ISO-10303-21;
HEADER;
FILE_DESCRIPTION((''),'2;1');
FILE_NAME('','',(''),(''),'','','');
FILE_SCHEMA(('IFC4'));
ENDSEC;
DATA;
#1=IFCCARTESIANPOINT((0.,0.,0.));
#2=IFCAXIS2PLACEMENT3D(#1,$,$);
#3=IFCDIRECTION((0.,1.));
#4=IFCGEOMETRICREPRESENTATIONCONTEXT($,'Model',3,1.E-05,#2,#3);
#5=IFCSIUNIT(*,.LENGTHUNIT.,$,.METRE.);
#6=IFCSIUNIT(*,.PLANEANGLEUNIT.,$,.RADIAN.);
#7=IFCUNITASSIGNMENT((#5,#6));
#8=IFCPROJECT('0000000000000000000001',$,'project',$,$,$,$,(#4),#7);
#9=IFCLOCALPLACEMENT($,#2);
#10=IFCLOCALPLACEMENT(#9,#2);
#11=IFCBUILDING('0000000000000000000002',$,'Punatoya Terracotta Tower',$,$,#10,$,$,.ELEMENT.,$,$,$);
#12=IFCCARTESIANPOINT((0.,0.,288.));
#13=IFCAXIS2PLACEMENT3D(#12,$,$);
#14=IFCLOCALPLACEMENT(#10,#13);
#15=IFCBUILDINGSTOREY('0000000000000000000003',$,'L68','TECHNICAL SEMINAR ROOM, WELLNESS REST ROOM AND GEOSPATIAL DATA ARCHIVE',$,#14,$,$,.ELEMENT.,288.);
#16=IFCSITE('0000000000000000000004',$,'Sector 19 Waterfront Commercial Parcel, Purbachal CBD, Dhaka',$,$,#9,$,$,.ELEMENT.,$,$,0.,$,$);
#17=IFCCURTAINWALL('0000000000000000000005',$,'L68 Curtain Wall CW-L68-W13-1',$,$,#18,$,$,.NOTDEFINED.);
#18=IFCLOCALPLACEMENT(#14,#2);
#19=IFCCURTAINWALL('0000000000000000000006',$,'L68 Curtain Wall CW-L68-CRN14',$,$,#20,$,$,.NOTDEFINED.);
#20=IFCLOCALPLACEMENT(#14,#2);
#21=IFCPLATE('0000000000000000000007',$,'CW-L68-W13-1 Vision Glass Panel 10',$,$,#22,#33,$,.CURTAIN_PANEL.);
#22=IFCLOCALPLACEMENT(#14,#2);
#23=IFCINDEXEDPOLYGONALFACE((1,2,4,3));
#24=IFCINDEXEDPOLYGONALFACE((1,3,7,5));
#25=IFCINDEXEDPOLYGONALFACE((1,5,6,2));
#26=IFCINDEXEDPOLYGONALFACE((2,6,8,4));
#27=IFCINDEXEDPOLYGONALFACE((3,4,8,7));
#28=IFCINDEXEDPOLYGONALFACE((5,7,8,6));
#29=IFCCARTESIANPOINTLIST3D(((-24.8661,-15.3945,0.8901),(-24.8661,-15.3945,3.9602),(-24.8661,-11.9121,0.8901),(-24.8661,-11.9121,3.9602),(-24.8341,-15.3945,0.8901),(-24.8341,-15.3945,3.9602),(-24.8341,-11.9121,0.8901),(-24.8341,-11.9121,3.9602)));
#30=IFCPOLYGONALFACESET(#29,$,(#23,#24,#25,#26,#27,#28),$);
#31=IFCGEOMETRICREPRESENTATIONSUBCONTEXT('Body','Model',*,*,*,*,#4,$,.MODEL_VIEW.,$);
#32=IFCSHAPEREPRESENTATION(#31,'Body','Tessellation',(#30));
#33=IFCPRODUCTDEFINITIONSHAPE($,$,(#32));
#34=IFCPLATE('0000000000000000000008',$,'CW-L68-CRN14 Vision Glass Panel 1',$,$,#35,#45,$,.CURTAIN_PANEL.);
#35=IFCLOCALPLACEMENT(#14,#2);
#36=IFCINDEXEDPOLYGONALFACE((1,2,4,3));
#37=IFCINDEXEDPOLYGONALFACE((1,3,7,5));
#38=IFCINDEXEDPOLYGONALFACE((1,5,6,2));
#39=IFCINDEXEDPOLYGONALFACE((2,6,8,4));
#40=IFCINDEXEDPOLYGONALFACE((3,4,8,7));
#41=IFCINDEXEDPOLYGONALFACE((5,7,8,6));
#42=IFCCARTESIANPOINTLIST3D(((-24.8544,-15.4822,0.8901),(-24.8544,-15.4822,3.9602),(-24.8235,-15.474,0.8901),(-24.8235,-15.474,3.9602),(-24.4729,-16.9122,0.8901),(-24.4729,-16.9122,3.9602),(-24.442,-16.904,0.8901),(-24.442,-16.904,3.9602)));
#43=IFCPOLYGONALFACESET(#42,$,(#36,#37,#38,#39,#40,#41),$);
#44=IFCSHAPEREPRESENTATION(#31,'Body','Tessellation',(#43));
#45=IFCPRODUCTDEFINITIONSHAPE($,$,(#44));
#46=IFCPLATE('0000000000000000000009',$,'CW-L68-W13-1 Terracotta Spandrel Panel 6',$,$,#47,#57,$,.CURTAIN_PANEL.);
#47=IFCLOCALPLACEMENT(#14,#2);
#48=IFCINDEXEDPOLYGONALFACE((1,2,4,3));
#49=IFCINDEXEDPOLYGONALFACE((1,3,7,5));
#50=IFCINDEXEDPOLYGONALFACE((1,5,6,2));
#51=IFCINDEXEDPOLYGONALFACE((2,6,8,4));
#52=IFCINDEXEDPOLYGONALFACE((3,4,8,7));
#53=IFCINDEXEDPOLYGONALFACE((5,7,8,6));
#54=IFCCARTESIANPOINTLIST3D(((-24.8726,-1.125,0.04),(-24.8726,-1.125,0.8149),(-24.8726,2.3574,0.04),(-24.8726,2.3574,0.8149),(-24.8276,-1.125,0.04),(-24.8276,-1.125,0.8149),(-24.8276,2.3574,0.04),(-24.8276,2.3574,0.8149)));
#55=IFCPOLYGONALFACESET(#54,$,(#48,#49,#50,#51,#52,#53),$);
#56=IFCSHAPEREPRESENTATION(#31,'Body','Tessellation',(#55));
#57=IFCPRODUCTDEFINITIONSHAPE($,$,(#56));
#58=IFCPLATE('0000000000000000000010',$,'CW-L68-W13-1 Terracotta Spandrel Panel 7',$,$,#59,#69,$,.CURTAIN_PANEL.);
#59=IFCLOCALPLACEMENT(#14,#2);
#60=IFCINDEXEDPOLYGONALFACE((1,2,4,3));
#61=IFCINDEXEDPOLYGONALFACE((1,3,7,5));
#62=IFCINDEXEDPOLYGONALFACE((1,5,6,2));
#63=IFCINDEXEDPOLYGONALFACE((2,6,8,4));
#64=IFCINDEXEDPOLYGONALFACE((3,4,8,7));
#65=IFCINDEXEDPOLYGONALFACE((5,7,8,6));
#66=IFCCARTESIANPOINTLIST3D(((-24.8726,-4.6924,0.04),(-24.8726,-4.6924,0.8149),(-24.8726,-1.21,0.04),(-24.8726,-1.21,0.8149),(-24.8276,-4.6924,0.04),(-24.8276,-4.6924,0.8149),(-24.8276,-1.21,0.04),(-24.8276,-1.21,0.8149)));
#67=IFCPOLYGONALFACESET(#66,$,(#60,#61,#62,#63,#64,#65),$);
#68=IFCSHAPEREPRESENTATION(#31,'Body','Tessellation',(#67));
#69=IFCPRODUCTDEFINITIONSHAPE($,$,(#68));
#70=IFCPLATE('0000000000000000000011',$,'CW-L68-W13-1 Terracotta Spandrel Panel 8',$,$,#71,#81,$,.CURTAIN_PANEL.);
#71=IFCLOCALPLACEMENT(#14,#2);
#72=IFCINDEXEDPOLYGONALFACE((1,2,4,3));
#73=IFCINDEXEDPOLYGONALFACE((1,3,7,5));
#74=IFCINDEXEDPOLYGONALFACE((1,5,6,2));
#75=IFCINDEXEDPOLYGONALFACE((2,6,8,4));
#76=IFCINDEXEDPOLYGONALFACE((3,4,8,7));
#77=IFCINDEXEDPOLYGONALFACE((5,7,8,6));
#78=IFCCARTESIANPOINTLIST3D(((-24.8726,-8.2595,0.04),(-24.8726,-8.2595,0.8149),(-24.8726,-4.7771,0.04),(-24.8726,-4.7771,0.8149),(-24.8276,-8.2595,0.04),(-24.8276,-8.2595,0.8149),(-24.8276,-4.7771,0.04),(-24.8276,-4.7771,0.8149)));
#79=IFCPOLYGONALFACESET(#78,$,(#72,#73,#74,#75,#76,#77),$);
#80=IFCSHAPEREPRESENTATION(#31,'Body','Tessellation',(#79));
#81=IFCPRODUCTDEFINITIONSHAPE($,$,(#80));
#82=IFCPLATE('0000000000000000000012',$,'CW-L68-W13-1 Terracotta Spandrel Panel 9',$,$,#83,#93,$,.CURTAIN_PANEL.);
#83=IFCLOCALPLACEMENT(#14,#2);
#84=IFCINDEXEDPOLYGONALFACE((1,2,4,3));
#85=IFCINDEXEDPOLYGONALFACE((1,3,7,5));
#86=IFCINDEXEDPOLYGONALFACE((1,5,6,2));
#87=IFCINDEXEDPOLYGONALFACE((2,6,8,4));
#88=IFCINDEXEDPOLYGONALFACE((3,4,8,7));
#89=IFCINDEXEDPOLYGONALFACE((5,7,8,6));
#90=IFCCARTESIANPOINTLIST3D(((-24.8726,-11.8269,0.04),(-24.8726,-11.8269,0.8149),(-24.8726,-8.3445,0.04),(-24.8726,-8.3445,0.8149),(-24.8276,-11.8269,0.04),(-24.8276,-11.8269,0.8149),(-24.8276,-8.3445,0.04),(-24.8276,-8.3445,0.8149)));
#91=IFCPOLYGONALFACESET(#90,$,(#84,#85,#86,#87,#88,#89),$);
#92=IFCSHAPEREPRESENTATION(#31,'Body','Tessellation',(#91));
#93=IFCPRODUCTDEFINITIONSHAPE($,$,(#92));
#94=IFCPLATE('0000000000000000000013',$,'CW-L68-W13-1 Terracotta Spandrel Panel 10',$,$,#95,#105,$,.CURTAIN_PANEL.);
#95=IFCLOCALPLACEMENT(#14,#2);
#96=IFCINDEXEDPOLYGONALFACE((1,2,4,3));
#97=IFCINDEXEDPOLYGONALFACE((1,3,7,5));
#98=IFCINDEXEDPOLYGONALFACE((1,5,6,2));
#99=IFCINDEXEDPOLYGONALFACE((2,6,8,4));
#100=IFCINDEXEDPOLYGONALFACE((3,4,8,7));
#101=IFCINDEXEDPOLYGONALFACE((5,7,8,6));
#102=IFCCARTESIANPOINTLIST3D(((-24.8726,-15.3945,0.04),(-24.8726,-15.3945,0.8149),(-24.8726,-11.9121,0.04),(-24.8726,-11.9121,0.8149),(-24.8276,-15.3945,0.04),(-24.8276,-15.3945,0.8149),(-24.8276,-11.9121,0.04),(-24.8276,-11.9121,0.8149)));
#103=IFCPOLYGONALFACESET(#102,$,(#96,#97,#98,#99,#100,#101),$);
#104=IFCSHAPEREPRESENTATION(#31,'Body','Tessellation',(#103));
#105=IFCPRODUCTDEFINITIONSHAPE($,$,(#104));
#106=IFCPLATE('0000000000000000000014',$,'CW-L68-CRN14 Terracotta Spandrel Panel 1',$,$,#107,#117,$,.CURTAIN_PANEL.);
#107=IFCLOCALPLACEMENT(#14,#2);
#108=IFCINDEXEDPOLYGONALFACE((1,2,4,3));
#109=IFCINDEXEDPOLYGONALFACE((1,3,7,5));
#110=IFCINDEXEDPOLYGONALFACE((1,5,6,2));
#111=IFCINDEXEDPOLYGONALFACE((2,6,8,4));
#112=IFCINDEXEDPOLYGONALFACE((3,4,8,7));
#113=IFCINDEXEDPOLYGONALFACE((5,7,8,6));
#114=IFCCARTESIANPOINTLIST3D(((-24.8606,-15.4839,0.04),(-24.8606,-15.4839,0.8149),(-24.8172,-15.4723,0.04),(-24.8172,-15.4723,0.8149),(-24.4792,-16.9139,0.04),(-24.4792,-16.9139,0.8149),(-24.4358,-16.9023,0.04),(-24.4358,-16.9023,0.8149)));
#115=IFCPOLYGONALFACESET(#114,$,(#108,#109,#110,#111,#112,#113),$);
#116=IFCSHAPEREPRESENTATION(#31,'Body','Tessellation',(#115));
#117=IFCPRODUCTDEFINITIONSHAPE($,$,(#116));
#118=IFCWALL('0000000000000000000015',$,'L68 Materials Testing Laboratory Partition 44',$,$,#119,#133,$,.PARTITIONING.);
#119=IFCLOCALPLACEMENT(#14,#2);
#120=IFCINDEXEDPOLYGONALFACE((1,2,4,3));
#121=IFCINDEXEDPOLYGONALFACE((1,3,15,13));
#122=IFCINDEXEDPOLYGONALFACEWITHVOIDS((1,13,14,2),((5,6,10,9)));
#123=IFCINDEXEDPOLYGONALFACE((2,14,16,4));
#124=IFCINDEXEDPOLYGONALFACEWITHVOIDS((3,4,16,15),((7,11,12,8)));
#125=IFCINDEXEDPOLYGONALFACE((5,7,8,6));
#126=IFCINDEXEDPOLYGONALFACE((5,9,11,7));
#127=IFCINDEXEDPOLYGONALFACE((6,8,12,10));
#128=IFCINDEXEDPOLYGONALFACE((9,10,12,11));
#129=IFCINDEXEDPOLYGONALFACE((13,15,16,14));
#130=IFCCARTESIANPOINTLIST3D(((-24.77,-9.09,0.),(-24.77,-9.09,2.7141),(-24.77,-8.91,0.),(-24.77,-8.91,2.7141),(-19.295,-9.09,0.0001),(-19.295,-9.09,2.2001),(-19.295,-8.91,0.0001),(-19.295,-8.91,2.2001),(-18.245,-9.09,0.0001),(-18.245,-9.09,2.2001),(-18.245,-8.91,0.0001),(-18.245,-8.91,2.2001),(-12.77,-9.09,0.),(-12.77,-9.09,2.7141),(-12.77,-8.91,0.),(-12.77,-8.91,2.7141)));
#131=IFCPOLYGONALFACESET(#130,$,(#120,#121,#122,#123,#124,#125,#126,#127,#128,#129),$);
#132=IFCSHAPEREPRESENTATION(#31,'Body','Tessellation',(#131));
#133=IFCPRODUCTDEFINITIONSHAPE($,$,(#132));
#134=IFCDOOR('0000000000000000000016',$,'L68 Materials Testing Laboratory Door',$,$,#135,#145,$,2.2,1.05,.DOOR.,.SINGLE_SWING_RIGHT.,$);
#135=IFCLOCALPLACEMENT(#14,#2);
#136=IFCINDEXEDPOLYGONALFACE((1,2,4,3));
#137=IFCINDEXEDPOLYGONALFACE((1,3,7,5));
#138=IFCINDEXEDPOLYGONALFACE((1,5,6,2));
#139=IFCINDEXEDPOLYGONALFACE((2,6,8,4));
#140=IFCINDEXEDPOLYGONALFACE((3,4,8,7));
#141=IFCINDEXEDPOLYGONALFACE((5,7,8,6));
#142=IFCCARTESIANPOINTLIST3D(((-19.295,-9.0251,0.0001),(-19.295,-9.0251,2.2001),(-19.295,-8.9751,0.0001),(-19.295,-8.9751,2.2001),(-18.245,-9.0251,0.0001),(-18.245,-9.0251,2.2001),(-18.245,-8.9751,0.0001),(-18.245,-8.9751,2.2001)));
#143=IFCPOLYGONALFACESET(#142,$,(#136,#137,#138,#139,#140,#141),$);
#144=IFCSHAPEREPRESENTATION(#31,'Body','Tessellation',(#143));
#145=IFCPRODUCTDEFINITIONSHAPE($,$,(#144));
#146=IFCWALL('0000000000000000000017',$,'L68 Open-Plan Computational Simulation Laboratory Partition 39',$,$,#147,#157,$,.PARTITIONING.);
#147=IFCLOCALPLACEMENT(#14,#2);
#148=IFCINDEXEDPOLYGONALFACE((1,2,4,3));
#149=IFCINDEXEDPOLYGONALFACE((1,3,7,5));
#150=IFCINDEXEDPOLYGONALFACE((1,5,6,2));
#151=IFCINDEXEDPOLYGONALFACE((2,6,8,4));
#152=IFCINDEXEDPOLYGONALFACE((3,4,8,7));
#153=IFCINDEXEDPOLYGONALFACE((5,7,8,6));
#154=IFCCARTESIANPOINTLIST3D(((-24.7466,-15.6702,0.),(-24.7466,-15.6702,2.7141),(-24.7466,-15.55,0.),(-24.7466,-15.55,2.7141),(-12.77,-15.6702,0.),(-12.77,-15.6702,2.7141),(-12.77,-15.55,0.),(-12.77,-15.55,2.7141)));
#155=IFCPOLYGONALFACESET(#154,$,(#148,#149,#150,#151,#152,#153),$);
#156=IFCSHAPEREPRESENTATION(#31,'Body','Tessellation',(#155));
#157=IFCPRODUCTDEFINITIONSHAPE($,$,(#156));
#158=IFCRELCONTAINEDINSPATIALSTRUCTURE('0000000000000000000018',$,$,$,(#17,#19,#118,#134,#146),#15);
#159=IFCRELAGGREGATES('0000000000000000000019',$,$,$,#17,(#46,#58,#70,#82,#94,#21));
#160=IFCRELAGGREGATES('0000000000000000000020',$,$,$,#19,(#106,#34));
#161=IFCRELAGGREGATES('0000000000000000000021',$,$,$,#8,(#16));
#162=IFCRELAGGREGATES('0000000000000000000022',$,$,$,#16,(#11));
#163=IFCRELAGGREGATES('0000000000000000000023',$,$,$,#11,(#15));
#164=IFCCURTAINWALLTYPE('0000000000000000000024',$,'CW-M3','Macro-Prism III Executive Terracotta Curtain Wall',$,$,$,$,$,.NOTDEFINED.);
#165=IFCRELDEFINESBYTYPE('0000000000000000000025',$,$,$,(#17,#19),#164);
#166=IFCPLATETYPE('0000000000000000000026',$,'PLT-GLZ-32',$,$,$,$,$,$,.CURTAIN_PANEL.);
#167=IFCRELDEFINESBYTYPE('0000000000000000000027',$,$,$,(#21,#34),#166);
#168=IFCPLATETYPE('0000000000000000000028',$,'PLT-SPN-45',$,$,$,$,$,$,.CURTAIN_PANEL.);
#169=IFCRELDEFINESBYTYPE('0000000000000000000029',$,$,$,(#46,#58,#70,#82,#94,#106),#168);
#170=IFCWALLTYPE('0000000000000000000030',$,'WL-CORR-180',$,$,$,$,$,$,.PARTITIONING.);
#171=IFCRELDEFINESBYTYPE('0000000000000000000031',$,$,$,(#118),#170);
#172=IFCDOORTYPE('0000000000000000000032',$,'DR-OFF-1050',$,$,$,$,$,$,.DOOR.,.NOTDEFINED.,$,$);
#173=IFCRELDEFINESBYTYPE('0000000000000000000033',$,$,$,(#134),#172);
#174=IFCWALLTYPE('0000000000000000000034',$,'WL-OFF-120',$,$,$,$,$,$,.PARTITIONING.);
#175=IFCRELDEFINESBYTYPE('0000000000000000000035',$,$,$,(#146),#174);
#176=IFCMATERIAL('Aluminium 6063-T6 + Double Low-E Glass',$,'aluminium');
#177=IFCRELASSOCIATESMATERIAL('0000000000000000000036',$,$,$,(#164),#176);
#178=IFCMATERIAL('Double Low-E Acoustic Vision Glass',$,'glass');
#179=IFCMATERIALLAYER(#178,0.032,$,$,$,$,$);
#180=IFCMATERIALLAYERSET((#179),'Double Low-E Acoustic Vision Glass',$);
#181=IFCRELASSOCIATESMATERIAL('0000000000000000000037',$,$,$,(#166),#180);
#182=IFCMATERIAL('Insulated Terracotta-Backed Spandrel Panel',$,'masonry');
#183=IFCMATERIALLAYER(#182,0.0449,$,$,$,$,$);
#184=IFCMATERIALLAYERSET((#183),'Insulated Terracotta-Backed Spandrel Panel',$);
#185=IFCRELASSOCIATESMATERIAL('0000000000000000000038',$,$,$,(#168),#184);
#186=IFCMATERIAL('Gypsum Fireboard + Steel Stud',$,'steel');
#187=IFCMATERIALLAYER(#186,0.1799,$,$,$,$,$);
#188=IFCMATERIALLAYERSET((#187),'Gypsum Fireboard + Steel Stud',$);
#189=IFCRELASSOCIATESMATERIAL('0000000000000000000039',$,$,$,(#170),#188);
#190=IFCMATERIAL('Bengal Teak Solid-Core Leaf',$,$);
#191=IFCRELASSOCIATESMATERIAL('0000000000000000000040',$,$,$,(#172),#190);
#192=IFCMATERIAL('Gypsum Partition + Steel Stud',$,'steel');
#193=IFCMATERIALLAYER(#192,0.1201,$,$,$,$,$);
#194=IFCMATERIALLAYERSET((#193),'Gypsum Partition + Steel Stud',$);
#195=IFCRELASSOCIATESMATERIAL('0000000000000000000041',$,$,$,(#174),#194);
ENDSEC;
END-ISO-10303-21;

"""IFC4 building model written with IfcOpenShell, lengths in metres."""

from ifc_helpers import new_model, si_unit, direction, frame, frame_2d, origin, origin_2d, place, context, subcontext, project, spatial, rectangle, extrude, material, layer, layer_set, type_object, element, fill, aggregate, save


model = new_model("IFC4")

# Units and contexts
model_context = context("Model", 3, precision=1e-05, world=origin(), true_north=direction((0.0, 1.0)))
body_context = subcontext(model_context, "Body", "Model", "MODEL_VIEW")
ifc_project = project(units=[si_unit("LENGTHUNIT", "METRE"), si_unit("PLANEANGLEUNIT", "RADIAN")], contexts=[model_context])

# Site, building, storey
site_placement = place(None, origin())
site = spatial("IfcSite", under=ifc_project, at=site_placement, Name="Sector 19 Waterfront Commercial Parcel, Purbachal CBD, Dhaka", CompositionType="ELEMENT", RefElevation=0.0)
building_placement = place(site_placement, origin())
building = spatial("IfcBuilding", under=site, at=building_placement, Name="Punatoya Terracotta Tower", CompositionType="ELEMENT")
storey_placement = place(building_placement, frame((0.0, 0.0, 288.0)))
storey = spatial("IfcBuildingStorey", under=building, at=storey_placement, Name="L68", Description="TECHNICAL SEMINAR ROOM, WELLNESS REST ROOM AND GEOSPATIAL DATA ARCHIVE", CompositionType="ELEMENT", Elevation=288.0)

# Curtain walls
ifc_material_1 = material(Name="Aluminium 6063-T6 + Double Low-E Glass", Category="aluminium")
curtain_wall_type = type_object("IfcCurtainWallType", Name="CW-M3", Description="Macro-Prism III Executive Terracotta Curtain Wall", PredefinedType="NOTDEFINED", material=ifc_material_1)
curtain_wall_1_placement = place(storey_placement, origin())
curtain_wall_1 = element("IfcCurtainWall", 1, at=curtain_wall_1_placement, inside=storey, type_object=curtain_wall_type, Name="L68 Curtain Wall CW-L68-W13-1", PredefinedType="NOTDEFINED")
curtain_wall_2_placement = place(storey_placement, origin())
curtain_wall_2 = element("IfcCurtainWall", 2, at=curtain_wall_2_placement, inside=storey, type_object=curtain_wall_type, Name="L68 Curtain Wall CW-L68-CRN14", PredefinedType="NOTDEFINED")

# Plates
ifc_material_2 = material(Name="Double Low-E Acoustic Vision Glass", Category="glass")
ifc_layer_1 = layer(ifc_material_2, 0.032)
ifc_layer_set_1 = layer_set([ifc_layer_1], Name="Double Low-E Acoustic Vision Glass")
plate_type_1 = type_object("IfcPlateType", Name="PLT-GLZ-32", PredefinedType="CURTAIN_PANEL", material=ifc_layer_set_1)
plate_1_placement = place(storey_placement, frame((-24.8501, -13.6533, 0.8901), z_axis=(0.0, 0.0, 1.0), x_axis=(0.0, -1.0, 0.0)))
plate_1 = element("IfcPlate", 3, at=plate_1_placement, type_object=plate_type_1, Name="CW-L68-W13-1 Vision Glass Panel 10", PredefinedType="CURTAIN_PANEL", context=body_context, shape_type="SweptSolid", body=[
    extrude(rectangle(XDim=3.4824, YDim=0.032, at=origin_2d()), origin(), (0.0, 0.0, 1.0), 3.0701),
])
plate_2_placement = place(storey_placement, frame((-24.6482, -16.1931, 0.8901), z_axis=(0.0, 0.0, 1.0), x_axis=(0.257742, -0.966214, 0.0)))
plate_2 = element("IfcPlate", 4, at=plate_2_placement, type_object=plate_type_1, Name="CW-L68-CRN14 Vision Glass Panel 1", PredefinedType="CURTAIN_PANEL", context=body_context, shape_type="SweptSolid", body=[
    extrude(rectangle(XDim=1.48, YDim=0.032, at=origin_2d()), origin(), (0.0, 0.0, 1.0), 3.0701),
])
ifc_material_3 = material(Name="Insulated Terracotta-Backed Spandrel Panel", Category="masonry")
ifc_layer_2 = layer(ifc_material_3, 0.0449)
ifc_layer_set_2 = layer_set([ifc_layer_2], Name="Insulated Terracotta-Backed Spandrel Panel")
plate_type_2 = type_object("IfcPlateType", Name="PLT-SPN-45", PredefinedType="CURTAIN_PANEL", material=ifc_layer_set_2)
plate_3_placement = place(storey_placement, frame((-24.8501, 0.6162, 0.04), z_axis=(0.0, 0.0, 1.0), x_axis=(0.0, -1.0, 0.0)))
plate_3 = element("IfcPlate", 5, at=plate_3_placement, type_object=plate_type_2, Name="CW-L68-W13-1 Terracotta Spandrel Panel 6", PredefinedType="CURTAIN_PANEL", context=body_context, shape_type="SweptSolid", body=[
    extrude(rectangle(XDim=3.4824, YDim=0.0449, at=origin_2d()), origin(), (0.0, 0.0, 1.0), 0.7749),
])
plate_4_placement = place(storey_placement, frame((-24.8501, -2.9512, 0.04), z_axis=(0.0, 0.0, 1.0), x_axis=(0.0, -1.0, 0.0)))
plate_4 = element("IfcPlate", 6, at=plate_4_placement, type_object=plate_type_2, Name="CW-L68-W13-1 Terracotta Spandrel Panel 7", PredefinedType="CURTAIN_PANEL", context=body_context, shape_type="SweptSolid", body=[
    extrude(rectangle(XDim=3.4824, YDim=0.0449, at=origin_2d()), origin(), (0.0, 0.0, 1.0), 0.7749),
])
plate_5_placement = place(storey_placement, frame((-24.8501, -6.5183, 0.04), z_axis=(0.0, 0.0, 1.0), x_axis=(0.0, -1.0, 0.0)))
plate_5 = element("IfcPlate", 7, at=plate_5_placement, type_object=plate_type_2, Name="CW-L68-W13-1 Terracotta Spandrel Panel 8", PredefinedType="CURTAIN_PANEL", context=body_context, shape_type="SweptSolid", body=[
    extrude(rectangle(XDim=3.4824, YDim=0.0449, at=origin_2d()), origin(), (0.0, 0.0, 1.0), 0.7749),
])
plate_6_placement = place(storey_placement, frame((-24.8501, -10.0857, 0.04), z_axis=(0.0, 0.0, 1.0), x_axis=(0.0, -1.0, 0.0)))
plate_6 = element("IfcPlate", 8, at=plate_6_placement, type_object=plate_type_2, Name="CW-L68-W13-1 Terracotta Spandrel Panel 9", PredefinedType="CURTAIN_PANEL", context=body_context, shape_type="SweptSolid", body=[
    extrude(rectangle(XDim=3.4824, YDim=0.0449, at=origin_2d()), origin(), (0.0, 0.0, 1.0), 0.7749),
])
plate_7_placement = place(storey_placement, frame((-24.8501, -13.6533, 0.04), z_axis=(0.0, 0.0, 1.0), x_axis=(0.0, -1.0, 0.0)))
plate_7 = element("IfcPlate", 9, at=plate_7_placement, type_object=plate_type_2, Name="CW-L68-W13-1 Terracotta Spandrel Panel 10", PredefinedType="CURTAIN_PANEL", context=body_context, shape_type="SweptSolid", body=[
    extrude(rectangle(XDim=3.4824, YDim=0.0449, at=origin_2d()), origin(), (0.0, 0.0, 1.0), 0.7749),
])
aggregate(curtain_wall_1, [plate_3, plate_4, plate_5, plate_6, plate_7, plate_1])
plate_8_placement = place(storey_placement, frame((-24.6482, -16.1931, 0.04), z_axis=(0.0, 0.0, 1.0), x_axis=(0.257742, -0.966214, 0.0)))
plate_8 = element("IfcPlate", 10, at=plate_8_placement, type_object=plate_type_2, Name="CW-L68-CRN14 Terracotta Spandrel Panel 1", PredefinedType="CURTAIN_PANEL", context=body_context, shape_type="SweptSolid", body=[
    extrude(rectangle(XDim=1.48, YDim=0.0449, at=origin_2d()), origin(), (0.0, 0.0, 1.0), 0.7749),
])
aggregate(curtain_wall_2, [plate_8, plate_2])

# Wall, opening, door
ifc_material_4 = material(Name="Gypsum Fireboard + Steel Stud", Category="steel")
ifc_layer_3 = layer(ifc_material_4, 0.1799)
ifc_layer_set_3 = layer_set([ifc_layer_3], Name="Gypsum Fireboard + Steel Stud")
wall_type_1 = type_object("IfcWallType", Name="WL-CORR-180", PredefinedType="PARTITIONING", material=ifc_layer_set_3)
wall_1_placement = place(storey_placement, frame((-24.77, -9.0, 0.0), z_axis=(0.0, 0.0, 1.0), x_axis=(1.0, 0.0, 0.0)))
wall_1 = element("IfcWall", 11, at=wall_1_placement, inside=storey, type_object=wall_type_1, Name="L68 Materials Testing Laboratory Partition 44", PredefinedType="PARTITIONING", context=body_context, shape_type="SweptSolid", body=[
    extrude(rectangle(XDim=12.0, YDim=0.1799, at=frame_2d((6.0, 0.0))), origin(), (0.0, 0.0, 1.0), 2.7141),
])
opening_placement = place(wall_1_placement, frame((5.4751, 0.0, 0.0)))
opening = element("IfcOpeningElement", 12, at=opening_placement, cuts=wall_1, PredefinedType="OPENING", context=body_context, shape_type="SweptSolid", body=[
    extrude(rectangle(XDim=1.05, YDim=2.2, at=frame_2d((0.5249, 1.1001))), frame((0.0, 0.0999, 0.0), z_axis=(0.0, -1.0, 0.0), x_axis=(1.0, 0.0, 0.0)), (0.0, 0.0, 1.0), 0.2),
])
ifc_material_5 = material(Name="Bengal Teak Solid-Core Leaf")
door_type = type_object("IfcDoorType", Name="DR-OFF-1050", OperationType="NOTDEFINED", PredefinedType="DOOR", material=ifc_material_5)
door_placement = place(opening_placement, origin())
door = element("IfcDoor", 13, at=door_placement, inside=storey, type_object=door_type, Name="L68 Materials Testing Laboratory Door", OperationType="SINGLE_SWING_RIGHT", OverallHeight=2.2, OverallWidth=1.05, PredefinedType="DOOR", context=body_context, shape_type="SweptSolid", body=[
    extrude(rectangle(XDim=1.05, YDim=2.2, at=frame_2d((0.5249, 1.1001))), frame((0.0, 0.0249, 0.0), z_axis=(0.0, -1.0, 0.0), x_axis=(1.0, 0.0, 0.0)), (0.0, 0.0, 1.0), 0.05),
])
fill(opening, door)

# Wall
ifc_material_6 = material(Name="Gypsum Partition + Steel Stud", Category="steel")
ifc_layer_4 = layer(ifc_material_6, 0.1201)
ifc_layer_set_4 = layer_set([ifc_layer_4], Name="Gypsum Partition + Steel Stud")
wall_type_2 = type_object("IfcWallType", Name="WL-OFF-120", PredefinedType="PARTITIONING", material=ifc_layer_set_4)
wall_2_placement = place(storey_placement, frame((-24.7466, -15.6101, 0.0), z_axis=(0.0, 0.0, 1.0), x_axis=(1.0, 0.0, 0.0)))
element("IfcWall", 14, at=wall_2_placement, inside=storey, type_object=wall_type_2, Name="L68 Open-Plan Computational Simulation Laboratory Partition 39", PredefinedType="PARTITIONING", context=body_context, shape_type="SweptSolid", body=[
    extrude(rectangle(XDim=11.9766, YDim=0.1201, at=frame_2d((5.9883, 0.0))), origin(), (0.0, 0.0, 1.0), 2.7141),
])

save(model, "model.ifc")
